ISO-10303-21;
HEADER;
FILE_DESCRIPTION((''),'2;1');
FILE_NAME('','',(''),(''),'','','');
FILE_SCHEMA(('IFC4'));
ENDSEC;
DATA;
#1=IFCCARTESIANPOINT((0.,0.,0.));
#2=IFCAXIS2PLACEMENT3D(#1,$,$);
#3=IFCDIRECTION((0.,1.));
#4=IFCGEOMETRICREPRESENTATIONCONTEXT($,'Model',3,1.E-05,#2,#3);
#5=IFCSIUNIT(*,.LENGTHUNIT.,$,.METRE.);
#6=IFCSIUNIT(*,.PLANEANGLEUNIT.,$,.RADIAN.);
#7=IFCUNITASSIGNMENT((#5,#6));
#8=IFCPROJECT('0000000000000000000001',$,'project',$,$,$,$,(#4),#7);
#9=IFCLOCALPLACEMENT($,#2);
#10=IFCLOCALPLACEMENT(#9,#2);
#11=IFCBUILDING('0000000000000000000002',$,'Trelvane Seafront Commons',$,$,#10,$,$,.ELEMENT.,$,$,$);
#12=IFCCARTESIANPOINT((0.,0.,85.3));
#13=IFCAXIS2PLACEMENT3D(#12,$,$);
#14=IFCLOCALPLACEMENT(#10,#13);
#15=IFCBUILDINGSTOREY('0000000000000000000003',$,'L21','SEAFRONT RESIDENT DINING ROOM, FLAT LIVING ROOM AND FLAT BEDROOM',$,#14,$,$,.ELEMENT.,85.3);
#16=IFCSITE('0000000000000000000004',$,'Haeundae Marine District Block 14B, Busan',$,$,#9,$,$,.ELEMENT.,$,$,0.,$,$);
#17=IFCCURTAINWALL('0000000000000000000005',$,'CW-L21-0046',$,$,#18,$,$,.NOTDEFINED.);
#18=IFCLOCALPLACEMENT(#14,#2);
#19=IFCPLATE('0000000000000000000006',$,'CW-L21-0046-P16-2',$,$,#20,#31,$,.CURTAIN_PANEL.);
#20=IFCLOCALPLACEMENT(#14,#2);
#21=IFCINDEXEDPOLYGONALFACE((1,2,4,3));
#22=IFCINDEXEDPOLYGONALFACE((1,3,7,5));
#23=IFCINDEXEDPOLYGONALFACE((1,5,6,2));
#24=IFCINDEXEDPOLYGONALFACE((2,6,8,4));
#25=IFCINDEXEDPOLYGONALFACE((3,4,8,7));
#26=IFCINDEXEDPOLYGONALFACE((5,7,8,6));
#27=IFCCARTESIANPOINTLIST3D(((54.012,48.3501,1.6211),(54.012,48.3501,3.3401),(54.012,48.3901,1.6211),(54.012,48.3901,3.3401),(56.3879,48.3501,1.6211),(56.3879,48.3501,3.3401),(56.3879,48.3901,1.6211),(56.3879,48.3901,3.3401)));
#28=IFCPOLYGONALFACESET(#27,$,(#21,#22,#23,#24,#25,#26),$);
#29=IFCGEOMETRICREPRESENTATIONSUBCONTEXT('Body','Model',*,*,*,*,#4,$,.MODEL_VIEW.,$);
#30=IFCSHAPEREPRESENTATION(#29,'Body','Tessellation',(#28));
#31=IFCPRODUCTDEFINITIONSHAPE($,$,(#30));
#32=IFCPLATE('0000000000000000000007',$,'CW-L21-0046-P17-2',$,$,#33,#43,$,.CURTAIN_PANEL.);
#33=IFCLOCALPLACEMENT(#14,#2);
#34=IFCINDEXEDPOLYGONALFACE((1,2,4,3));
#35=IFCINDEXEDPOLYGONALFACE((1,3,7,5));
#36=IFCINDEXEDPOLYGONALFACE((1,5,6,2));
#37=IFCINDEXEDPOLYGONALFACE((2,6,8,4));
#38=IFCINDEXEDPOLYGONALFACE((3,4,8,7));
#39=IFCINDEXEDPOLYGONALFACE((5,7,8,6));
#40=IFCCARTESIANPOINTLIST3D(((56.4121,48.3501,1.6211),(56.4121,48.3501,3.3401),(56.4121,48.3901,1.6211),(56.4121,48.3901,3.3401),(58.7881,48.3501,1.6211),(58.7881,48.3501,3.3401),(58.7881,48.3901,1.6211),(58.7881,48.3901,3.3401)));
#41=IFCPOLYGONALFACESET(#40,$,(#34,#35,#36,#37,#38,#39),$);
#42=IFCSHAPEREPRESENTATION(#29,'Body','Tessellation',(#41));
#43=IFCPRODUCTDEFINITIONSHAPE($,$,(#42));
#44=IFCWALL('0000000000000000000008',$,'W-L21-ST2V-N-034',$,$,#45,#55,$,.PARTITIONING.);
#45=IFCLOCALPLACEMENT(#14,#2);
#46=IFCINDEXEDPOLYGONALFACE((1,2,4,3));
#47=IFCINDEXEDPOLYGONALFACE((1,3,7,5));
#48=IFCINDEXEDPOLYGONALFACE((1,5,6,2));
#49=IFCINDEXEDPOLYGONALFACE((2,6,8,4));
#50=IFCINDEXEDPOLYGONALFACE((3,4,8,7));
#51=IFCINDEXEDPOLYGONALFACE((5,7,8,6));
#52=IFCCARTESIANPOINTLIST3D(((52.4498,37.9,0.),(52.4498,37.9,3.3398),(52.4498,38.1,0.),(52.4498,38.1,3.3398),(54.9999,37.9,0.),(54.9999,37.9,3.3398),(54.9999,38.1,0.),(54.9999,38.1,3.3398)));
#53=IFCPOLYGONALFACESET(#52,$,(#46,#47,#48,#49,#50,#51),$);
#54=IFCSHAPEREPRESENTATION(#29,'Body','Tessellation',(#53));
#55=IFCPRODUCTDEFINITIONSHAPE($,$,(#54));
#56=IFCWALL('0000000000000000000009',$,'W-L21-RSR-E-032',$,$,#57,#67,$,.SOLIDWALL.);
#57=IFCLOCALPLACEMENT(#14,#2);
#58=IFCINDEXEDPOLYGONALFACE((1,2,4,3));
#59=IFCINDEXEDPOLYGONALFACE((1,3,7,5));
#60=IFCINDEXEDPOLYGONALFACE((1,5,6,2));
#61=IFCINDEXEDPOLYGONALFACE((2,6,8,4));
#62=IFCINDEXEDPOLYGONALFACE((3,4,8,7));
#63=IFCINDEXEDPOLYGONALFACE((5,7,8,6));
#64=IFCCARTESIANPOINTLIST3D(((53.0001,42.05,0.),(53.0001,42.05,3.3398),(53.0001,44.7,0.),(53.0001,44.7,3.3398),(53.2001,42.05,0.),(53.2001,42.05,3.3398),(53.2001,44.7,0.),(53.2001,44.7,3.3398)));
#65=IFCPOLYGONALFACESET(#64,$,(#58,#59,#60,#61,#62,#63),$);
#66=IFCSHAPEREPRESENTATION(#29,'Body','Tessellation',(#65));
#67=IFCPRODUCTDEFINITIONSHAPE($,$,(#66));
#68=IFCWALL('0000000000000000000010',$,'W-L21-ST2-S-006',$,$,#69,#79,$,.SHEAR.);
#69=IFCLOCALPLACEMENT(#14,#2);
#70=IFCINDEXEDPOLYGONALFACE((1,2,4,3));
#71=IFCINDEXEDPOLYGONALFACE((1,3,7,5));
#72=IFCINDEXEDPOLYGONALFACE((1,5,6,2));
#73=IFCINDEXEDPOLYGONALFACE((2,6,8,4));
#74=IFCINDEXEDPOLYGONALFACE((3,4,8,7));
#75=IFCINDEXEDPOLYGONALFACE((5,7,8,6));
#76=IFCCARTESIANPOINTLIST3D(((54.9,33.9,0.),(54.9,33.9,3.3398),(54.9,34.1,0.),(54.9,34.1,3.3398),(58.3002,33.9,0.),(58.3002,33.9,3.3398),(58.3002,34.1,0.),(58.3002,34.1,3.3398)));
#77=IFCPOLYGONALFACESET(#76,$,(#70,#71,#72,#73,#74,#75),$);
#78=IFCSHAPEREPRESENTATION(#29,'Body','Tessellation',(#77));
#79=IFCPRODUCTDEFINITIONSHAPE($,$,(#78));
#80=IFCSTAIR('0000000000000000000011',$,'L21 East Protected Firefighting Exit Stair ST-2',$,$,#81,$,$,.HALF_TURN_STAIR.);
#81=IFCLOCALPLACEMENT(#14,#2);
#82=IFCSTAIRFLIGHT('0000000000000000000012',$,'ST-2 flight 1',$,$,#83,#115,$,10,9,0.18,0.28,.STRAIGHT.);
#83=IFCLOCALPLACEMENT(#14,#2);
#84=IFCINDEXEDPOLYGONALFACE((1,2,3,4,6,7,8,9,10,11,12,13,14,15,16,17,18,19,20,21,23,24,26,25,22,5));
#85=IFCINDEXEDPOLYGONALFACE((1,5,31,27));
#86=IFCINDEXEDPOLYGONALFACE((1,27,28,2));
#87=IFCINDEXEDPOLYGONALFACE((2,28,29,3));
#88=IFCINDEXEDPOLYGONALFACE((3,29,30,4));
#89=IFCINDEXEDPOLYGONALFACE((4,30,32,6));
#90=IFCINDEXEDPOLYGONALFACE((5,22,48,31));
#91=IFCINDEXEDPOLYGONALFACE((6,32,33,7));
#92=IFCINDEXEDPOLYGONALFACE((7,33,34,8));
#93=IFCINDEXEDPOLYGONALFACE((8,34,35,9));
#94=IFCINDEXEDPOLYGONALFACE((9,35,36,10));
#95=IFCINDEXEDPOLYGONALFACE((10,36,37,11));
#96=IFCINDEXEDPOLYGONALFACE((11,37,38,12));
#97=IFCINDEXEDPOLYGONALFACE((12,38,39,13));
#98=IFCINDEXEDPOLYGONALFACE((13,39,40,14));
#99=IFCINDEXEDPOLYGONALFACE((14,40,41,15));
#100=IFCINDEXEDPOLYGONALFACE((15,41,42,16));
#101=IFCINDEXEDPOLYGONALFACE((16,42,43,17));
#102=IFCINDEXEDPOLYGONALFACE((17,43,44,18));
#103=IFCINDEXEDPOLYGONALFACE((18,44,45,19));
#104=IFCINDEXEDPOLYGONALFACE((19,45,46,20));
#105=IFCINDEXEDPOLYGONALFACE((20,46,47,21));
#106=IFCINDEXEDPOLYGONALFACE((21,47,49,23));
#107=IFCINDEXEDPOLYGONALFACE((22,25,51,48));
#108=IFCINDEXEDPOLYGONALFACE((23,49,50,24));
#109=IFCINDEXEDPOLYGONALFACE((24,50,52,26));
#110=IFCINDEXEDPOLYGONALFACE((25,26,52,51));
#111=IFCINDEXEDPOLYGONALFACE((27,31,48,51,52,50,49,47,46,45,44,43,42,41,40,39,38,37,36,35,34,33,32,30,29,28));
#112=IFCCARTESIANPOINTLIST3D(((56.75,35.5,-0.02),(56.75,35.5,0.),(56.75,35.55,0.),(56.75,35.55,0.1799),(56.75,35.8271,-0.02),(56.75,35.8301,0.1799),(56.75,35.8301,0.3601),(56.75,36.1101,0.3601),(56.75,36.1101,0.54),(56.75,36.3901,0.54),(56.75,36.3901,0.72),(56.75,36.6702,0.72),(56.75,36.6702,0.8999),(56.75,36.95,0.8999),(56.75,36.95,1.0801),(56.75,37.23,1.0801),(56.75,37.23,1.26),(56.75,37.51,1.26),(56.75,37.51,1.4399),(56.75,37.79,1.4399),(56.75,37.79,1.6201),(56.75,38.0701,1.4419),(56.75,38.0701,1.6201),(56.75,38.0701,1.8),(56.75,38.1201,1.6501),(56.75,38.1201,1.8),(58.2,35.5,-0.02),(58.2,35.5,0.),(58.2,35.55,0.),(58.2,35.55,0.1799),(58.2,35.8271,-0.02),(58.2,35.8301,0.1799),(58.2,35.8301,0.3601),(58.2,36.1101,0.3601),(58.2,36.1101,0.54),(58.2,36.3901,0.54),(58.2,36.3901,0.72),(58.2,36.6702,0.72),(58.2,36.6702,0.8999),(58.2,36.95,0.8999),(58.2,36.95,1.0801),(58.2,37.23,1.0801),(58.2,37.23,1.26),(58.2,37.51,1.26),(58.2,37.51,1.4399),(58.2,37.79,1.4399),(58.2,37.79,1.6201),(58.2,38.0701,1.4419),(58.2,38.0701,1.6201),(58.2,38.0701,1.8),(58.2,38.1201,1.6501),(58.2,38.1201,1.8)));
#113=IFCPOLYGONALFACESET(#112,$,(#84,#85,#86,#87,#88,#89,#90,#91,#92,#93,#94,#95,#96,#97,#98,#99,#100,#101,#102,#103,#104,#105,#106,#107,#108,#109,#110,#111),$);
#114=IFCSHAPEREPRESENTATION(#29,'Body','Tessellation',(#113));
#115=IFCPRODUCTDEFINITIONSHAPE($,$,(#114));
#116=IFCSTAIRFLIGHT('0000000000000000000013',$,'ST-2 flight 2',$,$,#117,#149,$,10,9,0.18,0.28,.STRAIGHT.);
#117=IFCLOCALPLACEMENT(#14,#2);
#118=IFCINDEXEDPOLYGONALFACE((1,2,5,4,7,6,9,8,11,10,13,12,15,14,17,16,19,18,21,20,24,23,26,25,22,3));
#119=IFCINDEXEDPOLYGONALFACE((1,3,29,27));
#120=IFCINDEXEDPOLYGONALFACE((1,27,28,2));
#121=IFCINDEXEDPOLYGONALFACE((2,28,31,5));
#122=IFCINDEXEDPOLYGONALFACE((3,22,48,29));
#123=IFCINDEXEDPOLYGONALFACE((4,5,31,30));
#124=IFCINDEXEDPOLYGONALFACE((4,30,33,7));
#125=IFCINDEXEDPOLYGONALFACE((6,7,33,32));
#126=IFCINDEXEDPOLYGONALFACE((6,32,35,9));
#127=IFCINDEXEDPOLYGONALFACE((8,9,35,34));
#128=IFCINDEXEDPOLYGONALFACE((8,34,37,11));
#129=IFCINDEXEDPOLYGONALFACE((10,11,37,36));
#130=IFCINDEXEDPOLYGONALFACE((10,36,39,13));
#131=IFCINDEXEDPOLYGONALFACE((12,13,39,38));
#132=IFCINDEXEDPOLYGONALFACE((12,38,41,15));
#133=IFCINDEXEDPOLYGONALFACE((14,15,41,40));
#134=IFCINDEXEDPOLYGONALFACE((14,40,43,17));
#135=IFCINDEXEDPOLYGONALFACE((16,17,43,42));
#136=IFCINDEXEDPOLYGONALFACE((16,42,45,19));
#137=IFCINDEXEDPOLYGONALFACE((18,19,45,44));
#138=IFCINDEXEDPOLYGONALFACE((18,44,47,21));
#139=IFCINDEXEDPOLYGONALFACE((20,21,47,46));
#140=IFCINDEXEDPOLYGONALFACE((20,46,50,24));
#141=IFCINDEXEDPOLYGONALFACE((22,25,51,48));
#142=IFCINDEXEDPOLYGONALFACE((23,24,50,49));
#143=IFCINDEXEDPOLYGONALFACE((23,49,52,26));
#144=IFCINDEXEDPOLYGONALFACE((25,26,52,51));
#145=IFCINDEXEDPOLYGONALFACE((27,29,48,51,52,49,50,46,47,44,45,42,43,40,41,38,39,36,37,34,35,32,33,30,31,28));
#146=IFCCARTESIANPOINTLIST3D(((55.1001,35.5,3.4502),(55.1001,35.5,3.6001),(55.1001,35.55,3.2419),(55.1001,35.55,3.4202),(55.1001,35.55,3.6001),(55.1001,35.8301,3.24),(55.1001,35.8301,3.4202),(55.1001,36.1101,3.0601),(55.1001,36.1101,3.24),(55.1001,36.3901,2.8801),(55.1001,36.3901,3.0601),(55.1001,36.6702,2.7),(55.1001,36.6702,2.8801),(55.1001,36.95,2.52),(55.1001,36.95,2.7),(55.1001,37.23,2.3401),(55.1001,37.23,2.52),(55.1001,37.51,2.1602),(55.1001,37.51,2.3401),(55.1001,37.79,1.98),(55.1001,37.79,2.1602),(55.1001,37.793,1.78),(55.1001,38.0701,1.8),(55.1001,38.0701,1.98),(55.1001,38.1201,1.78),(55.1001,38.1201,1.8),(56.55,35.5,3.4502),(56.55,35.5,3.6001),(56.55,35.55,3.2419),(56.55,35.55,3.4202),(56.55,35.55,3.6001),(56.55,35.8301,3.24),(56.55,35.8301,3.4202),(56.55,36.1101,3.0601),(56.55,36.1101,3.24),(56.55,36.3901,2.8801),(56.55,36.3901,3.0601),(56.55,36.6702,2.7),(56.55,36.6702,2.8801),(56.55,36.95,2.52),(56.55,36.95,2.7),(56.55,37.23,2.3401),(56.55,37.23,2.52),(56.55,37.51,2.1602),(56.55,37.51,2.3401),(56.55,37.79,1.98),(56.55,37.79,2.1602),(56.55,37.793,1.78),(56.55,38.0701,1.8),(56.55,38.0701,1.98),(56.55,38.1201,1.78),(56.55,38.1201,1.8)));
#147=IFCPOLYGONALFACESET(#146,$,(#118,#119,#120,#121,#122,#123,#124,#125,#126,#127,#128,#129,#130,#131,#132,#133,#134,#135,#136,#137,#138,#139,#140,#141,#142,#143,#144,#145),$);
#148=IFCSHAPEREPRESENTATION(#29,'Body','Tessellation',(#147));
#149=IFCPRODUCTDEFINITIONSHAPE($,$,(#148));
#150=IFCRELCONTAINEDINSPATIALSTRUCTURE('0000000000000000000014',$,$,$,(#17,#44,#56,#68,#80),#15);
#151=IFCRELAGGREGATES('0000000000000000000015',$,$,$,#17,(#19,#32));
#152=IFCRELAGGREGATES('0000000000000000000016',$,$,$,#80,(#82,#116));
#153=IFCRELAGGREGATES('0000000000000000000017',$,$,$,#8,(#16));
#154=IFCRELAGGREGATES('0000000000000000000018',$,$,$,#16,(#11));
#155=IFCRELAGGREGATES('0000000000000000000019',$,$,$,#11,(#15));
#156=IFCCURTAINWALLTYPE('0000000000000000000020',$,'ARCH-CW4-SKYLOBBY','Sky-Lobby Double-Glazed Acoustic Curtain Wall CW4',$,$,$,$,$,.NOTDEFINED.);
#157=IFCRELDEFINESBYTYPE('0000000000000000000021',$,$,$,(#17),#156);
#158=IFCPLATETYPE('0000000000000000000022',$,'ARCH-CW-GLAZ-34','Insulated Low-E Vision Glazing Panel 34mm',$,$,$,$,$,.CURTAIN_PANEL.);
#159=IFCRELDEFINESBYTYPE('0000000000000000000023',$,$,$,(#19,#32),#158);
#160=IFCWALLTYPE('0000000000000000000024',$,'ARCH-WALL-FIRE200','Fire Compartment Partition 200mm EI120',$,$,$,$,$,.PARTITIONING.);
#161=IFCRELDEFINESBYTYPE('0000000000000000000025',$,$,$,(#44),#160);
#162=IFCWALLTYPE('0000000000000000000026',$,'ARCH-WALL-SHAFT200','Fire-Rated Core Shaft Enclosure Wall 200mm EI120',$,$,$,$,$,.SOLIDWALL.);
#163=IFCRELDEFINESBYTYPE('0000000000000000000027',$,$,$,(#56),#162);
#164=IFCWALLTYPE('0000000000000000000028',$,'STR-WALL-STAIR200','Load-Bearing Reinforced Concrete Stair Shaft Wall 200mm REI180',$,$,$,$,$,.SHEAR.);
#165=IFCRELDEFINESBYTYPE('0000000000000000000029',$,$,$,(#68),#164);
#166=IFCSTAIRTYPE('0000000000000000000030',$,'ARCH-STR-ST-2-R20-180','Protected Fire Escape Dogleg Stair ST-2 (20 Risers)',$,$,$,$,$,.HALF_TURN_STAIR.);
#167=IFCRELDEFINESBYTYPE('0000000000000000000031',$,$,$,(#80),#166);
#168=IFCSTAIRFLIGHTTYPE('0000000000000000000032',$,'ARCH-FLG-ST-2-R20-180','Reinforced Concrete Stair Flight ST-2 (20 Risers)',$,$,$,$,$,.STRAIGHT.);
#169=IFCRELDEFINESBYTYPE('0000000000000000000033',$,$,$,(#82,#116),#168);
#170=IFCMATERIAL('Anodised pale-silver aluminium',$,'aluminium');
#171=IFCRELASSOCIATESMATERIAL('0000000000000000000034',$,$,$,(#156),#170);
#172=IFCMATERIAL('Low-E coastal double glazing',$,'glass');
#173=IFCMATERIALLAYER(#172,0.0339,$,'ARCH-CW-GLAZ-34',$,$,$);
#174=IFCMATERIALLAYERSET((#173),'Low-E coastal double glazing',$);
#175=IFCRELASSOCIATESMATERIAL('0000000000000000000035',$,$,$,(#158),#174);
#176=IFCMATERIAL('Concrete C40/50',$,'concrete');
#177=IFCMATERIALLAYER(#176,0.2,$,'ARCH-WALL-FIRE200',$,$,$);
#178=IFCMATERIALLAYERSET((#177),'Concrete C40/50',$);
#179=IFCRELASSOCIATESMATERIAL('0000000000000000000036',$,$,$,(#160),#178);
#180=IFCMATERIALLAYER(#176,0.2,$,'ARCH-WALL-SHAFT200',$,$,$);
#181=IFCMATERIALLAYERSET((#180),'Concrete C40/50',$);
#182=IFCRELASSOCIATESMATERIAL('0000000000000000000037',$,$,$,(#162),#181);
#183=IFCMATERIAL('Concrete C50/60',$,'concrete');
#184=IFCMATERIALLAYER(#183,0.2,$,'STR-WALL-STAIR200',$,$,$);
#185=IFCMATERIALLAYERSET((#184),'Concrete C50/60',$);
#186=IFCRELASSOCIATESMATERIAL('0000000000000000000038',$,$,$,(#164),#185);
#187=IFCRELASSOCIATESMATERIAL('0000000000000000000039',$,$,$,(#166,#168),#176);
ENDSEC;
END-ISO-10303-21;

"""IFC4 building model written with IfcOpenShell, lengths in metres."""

from ifc_helpers import new_model, si_unit, direction, frame, frame_2d, origin, origin_2d, place, context, subcontext, project, spatial, polyline, rectangle, outline, extrude, source, transform, mapped, material, layer, layer_set, type_object, element, aggregate, save


model = new_model("IFC4")

# Units and contexts
model_context = context("Model", 3, precision=1e-05, world=origin(), true_north=direction((0.0, 1.0)))
body_context = subcontext(model_context, "Body", "Model", "MODEL_VIEW")
ifc_project = project(units=[si_unit("LENGTHUNIT", "METRE"), si_unit("PLANEANGLEUNIT", "RADIAN")], contexts=[model_context])

# Site, building, storey
site_placement = place(None, origin())
site = spatial("IfcSite", under=ifc_project, at=site_placement, Name="Haeundae Marine District Block 14B, Busan", CompositionType="ELEMENT", RefElevation=0.0)
building_placement = place(site_placement, origin())
building = spatial("IfcBuilding", under=site, at=building_placement, Name="Trelvane Seafront Commons", CompositionType="ELEMENT")
storey_placement = place(building_placement, frame((0.0, 0.0, 85.3)))
storey = spatial("IfcBuildingStorey", under=building, at=storey_placement, Name="L21", Description="SEAFRONT RESIDENT DINING ROOM, FLAT LIVING ROOM AND FLAT BEDROOM", CompositionType="ELEMENT", Elevation=85.3)

# Curtain wall
ifc_material_1 = material(Name="Anodised pale-silver aluminium", Category="aluminium")
curtain_wall_type = type_object("IfcCurtainWallType", Name="ARCH-CW4-SKYLOBBY", Description="Sky-Lobby Double-Glazed Acoustic Curtain Wall CW4", PredefinedType="NOTDEFINED", material=ifc_material_1)
curtain_wall_placement = place(storey_placement, origin())
curtain_wall = element("IfcCurtainWall", 1, at=curtain_wall_placement, inside=storey, type_object=curtain_wall_type, Name="CW-L21-0046", PredefinedType="NOTDEFINED")

# Plates
ifc_material_2 = material(Name="Low-E coastal double glazing", Category="glass")
ifc_layer_1 = layer(ifc_material_2, 0.0339, Name="ARCH-CW-GLAZ-34")
ifc_layer_set_1 = layer_set([ifc_layer_1], Name="Low-E coastal double glazing")
plate_type_1 = type_object("IfcPlateType", Name="ARCH-CW-GLAZ-34", Description="Insulated Low-E Vision Glazing Panel 34mm", PredefinedType="CURTAIN_PANEL", material=ifc_layer_set_1)
shared_shape_1 = source(origin(), body_context, "Body", "SweptSolid", [
    extrude(rectangle(XDim=2.376, YDim=0.04, at=origin_2d()), origin(), (0.0, 0.0, 1.0), 1.719),
])
plate_1_placement = place(storey_placement, frame((55.2, 48.3701, 1.6211), z_axis=(0.0, 0.0, 1.0), x_axis=(1.0, 0.0, 0.0)))
plate_1 = element("IfcPlate", 2, at=plate_1_placement, type_object=plate_type_1, Name="CW-L21-0046-P16-2", PredefinedType="CURTAIN_PANEL", context=body_context, shape_type="MappedRepresentation", body=[
    mapped(shared_shape_1, transform((0.0, 0.0, 0.0), x_axis=(1.0, 0.0, 0.0), y_axis=(0.0, 1.0, 0.0), z_axis=(0.0, 0.0, 1.0), scale=1.0)),
])
plate_2_placement = place(storey_placement, frame((57.6001, 48.3701, 1.6211), z_axis=(0.0, 0.0, 1.0), x_axis=(1.0, 0.0, 0.0)))
plate_2 = element("IfcPlate", 3, at=plate_2_placement, type_object=plate_type_1, Name="CW-L21-0046-P17-2", PredefinedType="CURTAIN_PANEL", context=body_context, shape_type="MappedRepresentation", body=[
    mapped(shared_shape_1, transform((0.0, 0.0, 0.0), x_axis=(1.0, 0.0, 0.0), y_axis=(0.0, 1.0, 0.0), z_axis=(0.0, 0.0, 1.0), scale=1.0)),
])
aggregate(curtain_wall, [plate_1, plate_2])

# Walls
ifc_material_3 = material(Name="Concrete C40/50", Category="concrete")
ifc_layer_2 = layer(ifc_material_3, 0.2, Name="ARCH-WALL-FIRE200")
ifc_layer_set_2 = layer_set([ifc_layer_2], Name="Concrete C40/50")
wall_type_1 = type_object("IfcWallType", Name="ARCH-WALL-FIRE200", Description="Fire Compartment Partition 200mm EI120", PredefinedType="PARTITIONING", material=ifc_layer_set_2)
wall_1_placement = place(storey_placement, frame((52.45, 38.0, 0.0), z_axis=(0.0, 0.0, 1.0), x_axis=(1.0, 0.0, 0.0)))
element("IfcWall", 4, at=wall_1_placement, inside=storey, type_object=wall_type_1, Name="W-L21-ST2V-N-034", PredefinedType="PARTITIONING", context=body_context, shape_type="SweptSolid", body=[
    extrude(rectangle(XDim=2.55, YDim=0.2, at=frame_2d((1.2749, 0.0))), origin(), (0.0, 0.0, 1.0), 3.3398),
])
ifc_layer_3 = layer(ifc_material_3, 0.2, Name="ARCH-WALL-SHAFT200")
ifc_layer_set_3 = layer_set([ifc_layer_3], Name="Concrete C40/50")
wall_type_2 = type_object("IfcWallType", Name="ARCH-WALL-SHAFT200", Description="Fire-Rated Core Shaft Enclosure Wall 200mm EI120", PredefinedType="SOLIDWALL", material=ifc_layer_set_3)
wall_2_placement = place(storey_placement, frame((53.1001, 42.05, 0.0), z_axis=(0.0, 0.0, 1.0), x_axis=(0.0, 1.0, 0.0)))
element("IfcWall", 5, at=wall_2_placement, inside=storey, type_object=wall_type_2, Name="W-L21-RSR-E-032", PredefinedType="SOLIDWALL", context=body_context, shape_type="SweptSolid", body=[
    extrude(rectangle(XDim=2.6499, YDim=0.2, at=frame_2d((1.325, 0.0))), origin(), (0.0, 0.0, 1.0), 3.3398),
])
ifc_material_4 = material(Name="Concrete C50/60", Category="concrete")
ifc_layer_4 = layer(ifc_material_4, 0.2, Name="STR-WALL-STAIR200")
ifc_layer_set_4 = layer_set([ifc_layer_4], Name="Concrete C50/60")
wall_type_3 = type_object("IfcWallType", Name="STR-WALL-STAIR200", Description="Load-Bearing Reinforced Concrete Stair Shaft Wall 200mm REI180", PredefinedType="SHEAR", material=ifc_layer_set_4)
wall_3_placement = place(storey_placement, frame((54.8999, 34.0, 0.0), z_axis=(0.0, 0.0, 1.0), x_axis=(1.0, 0.0, 0.0)))
element("IfcWall", 6, at=wall_3_placement, inside=storey, type_object=wall_type_3, Name="W-L21-ST2-S-006", PredefinedType="SHEAR", context=body_context, shape_type="SweptSolid", body=[
    extrude(rectangle(XDim=3.4001, YDim=0.2, at=frame_2d((1.7002, 0.0))), origin(), (0.0, 0.0, 1.0), 3.3398),
])

# Stair, stair flights
stair_type = type_object("IfcStairType", Name="ARCH-STR-ST-2-R20-180", Description="Protected Fire Escape Dogleg Stair ST-2 (20 Risers)", PredefinedType="HALF_TURN_STAIR", material=ifc_material_3)
stair_placement = place(storey_placement, origin())
stair = element("IfcStair", 7, at=stair_placement, inside=storey, type_object=stair_type, Name="L21 East Protected Firefighting Exit Stair ST-2", PredefinedType="HALF_TURN_STAIR")
stair_flight_type = type_object("IfcStairFlightType", Name="ARCH-FLG-ST-2-R20-180", Description="Reinforced Concrete Stair Flight ST-2 (20 Risers)", PredefinedType="STRAIGHT", material=ifc_material_3)
shared_shape_2 = source(origin(), body_context, "Body", "SweptSolid", [
    extrude(outline(polyline([(-0.05, -0.02), (-0.05, 0.0), (0.0, 0.0), (0.0, 0.1799), (0.28, 0.1799), (0.28, 0.3601), (0.5601, 0.3601), (0.5601, 0.54), (0.8401, 0.54), (0.8401, 0.72), (1.1201, 0.72), (1.1201, 0.8999), (1.3999, 0.8999), (1.3999, 1.0801), (1.6799, 1.0801), (1.6799, 1.26), (1.96, 1.26), (1.96, 1.4399), (2.24, 1.4399), (2.24, 1.6201), (2.52, 1.6201), (2.52, 1.8), (2.5701, 1.8), (2.5701, 1.6501), (2.52, 1.4419), (0.2771, -0.02), (-0.05, -0.02)])), frame((0.0, 0.7251, 0.0), z_axis=(0.0, -1.0, 0.0), x_axis=(1.0, 0.0, 0.0)), (0.0, 0.0, 1.0), 1.45),
])
stair_flight_1_placement = place(storey_placement, frame((57.4751, 35.55, 0.0), z_axis=(0.0, 0.0, 1.0), x_axis=(0.0, 1.0, 0.0)))
stair_flight_1 = element("IfcStairFlight", 8, at=stair_flight_1_placement, type_object=stair_flight_type, Name="ST-2 flight 1", NumberOfRisers=10, NumberOfTreads=9, PredefinedType="STRAIGHT", RiserHeight=0.18, TreadLength=0.28, context=body_context, shape_type="MappedRepresentation", body=[
    mapped(shared_shape_2, transform((0.0, 0.0, 0.0), x_axis=(1.0, 0.0, 0.0), y_axis=(0.0, 1.0, 0.0), z_axis=(0.0, 0.0, 1.0), scale=1.0)),
])
stair_flight_2_placement = place(storey_placement, frame((55.825, 38.0701, 1.8), z_axis=(0.0, 0.0, 1.0), x_axis=(0.0, -1.0, 0.0)))
stair_flight_2 = element("IfcStairFlight", 9, at=stair_flight_2_placement, type_object=stair_flight_type, Name="ST-2 flight 2", NumberOfRisers=10, NumberOfTreads=9, PredefinedType="STRAIGHT", RiserHeight=0.18, TreadLength=0.28, context=body_context, shape_type="MappedRepresentation", body=[
    mapped(shared_shape_2, transform((0.0, 0.0, 0.0), x_axis=(1.0, 0.0, 0.0), y_axis=(0.0, 1.0, 0.0), z_axis=(0.0, 0.0, 1.0), scale=1.0)),
])
aggregate(stair, [stair_flight_1, stair_flight_2])

save(model, "model.ifc")
